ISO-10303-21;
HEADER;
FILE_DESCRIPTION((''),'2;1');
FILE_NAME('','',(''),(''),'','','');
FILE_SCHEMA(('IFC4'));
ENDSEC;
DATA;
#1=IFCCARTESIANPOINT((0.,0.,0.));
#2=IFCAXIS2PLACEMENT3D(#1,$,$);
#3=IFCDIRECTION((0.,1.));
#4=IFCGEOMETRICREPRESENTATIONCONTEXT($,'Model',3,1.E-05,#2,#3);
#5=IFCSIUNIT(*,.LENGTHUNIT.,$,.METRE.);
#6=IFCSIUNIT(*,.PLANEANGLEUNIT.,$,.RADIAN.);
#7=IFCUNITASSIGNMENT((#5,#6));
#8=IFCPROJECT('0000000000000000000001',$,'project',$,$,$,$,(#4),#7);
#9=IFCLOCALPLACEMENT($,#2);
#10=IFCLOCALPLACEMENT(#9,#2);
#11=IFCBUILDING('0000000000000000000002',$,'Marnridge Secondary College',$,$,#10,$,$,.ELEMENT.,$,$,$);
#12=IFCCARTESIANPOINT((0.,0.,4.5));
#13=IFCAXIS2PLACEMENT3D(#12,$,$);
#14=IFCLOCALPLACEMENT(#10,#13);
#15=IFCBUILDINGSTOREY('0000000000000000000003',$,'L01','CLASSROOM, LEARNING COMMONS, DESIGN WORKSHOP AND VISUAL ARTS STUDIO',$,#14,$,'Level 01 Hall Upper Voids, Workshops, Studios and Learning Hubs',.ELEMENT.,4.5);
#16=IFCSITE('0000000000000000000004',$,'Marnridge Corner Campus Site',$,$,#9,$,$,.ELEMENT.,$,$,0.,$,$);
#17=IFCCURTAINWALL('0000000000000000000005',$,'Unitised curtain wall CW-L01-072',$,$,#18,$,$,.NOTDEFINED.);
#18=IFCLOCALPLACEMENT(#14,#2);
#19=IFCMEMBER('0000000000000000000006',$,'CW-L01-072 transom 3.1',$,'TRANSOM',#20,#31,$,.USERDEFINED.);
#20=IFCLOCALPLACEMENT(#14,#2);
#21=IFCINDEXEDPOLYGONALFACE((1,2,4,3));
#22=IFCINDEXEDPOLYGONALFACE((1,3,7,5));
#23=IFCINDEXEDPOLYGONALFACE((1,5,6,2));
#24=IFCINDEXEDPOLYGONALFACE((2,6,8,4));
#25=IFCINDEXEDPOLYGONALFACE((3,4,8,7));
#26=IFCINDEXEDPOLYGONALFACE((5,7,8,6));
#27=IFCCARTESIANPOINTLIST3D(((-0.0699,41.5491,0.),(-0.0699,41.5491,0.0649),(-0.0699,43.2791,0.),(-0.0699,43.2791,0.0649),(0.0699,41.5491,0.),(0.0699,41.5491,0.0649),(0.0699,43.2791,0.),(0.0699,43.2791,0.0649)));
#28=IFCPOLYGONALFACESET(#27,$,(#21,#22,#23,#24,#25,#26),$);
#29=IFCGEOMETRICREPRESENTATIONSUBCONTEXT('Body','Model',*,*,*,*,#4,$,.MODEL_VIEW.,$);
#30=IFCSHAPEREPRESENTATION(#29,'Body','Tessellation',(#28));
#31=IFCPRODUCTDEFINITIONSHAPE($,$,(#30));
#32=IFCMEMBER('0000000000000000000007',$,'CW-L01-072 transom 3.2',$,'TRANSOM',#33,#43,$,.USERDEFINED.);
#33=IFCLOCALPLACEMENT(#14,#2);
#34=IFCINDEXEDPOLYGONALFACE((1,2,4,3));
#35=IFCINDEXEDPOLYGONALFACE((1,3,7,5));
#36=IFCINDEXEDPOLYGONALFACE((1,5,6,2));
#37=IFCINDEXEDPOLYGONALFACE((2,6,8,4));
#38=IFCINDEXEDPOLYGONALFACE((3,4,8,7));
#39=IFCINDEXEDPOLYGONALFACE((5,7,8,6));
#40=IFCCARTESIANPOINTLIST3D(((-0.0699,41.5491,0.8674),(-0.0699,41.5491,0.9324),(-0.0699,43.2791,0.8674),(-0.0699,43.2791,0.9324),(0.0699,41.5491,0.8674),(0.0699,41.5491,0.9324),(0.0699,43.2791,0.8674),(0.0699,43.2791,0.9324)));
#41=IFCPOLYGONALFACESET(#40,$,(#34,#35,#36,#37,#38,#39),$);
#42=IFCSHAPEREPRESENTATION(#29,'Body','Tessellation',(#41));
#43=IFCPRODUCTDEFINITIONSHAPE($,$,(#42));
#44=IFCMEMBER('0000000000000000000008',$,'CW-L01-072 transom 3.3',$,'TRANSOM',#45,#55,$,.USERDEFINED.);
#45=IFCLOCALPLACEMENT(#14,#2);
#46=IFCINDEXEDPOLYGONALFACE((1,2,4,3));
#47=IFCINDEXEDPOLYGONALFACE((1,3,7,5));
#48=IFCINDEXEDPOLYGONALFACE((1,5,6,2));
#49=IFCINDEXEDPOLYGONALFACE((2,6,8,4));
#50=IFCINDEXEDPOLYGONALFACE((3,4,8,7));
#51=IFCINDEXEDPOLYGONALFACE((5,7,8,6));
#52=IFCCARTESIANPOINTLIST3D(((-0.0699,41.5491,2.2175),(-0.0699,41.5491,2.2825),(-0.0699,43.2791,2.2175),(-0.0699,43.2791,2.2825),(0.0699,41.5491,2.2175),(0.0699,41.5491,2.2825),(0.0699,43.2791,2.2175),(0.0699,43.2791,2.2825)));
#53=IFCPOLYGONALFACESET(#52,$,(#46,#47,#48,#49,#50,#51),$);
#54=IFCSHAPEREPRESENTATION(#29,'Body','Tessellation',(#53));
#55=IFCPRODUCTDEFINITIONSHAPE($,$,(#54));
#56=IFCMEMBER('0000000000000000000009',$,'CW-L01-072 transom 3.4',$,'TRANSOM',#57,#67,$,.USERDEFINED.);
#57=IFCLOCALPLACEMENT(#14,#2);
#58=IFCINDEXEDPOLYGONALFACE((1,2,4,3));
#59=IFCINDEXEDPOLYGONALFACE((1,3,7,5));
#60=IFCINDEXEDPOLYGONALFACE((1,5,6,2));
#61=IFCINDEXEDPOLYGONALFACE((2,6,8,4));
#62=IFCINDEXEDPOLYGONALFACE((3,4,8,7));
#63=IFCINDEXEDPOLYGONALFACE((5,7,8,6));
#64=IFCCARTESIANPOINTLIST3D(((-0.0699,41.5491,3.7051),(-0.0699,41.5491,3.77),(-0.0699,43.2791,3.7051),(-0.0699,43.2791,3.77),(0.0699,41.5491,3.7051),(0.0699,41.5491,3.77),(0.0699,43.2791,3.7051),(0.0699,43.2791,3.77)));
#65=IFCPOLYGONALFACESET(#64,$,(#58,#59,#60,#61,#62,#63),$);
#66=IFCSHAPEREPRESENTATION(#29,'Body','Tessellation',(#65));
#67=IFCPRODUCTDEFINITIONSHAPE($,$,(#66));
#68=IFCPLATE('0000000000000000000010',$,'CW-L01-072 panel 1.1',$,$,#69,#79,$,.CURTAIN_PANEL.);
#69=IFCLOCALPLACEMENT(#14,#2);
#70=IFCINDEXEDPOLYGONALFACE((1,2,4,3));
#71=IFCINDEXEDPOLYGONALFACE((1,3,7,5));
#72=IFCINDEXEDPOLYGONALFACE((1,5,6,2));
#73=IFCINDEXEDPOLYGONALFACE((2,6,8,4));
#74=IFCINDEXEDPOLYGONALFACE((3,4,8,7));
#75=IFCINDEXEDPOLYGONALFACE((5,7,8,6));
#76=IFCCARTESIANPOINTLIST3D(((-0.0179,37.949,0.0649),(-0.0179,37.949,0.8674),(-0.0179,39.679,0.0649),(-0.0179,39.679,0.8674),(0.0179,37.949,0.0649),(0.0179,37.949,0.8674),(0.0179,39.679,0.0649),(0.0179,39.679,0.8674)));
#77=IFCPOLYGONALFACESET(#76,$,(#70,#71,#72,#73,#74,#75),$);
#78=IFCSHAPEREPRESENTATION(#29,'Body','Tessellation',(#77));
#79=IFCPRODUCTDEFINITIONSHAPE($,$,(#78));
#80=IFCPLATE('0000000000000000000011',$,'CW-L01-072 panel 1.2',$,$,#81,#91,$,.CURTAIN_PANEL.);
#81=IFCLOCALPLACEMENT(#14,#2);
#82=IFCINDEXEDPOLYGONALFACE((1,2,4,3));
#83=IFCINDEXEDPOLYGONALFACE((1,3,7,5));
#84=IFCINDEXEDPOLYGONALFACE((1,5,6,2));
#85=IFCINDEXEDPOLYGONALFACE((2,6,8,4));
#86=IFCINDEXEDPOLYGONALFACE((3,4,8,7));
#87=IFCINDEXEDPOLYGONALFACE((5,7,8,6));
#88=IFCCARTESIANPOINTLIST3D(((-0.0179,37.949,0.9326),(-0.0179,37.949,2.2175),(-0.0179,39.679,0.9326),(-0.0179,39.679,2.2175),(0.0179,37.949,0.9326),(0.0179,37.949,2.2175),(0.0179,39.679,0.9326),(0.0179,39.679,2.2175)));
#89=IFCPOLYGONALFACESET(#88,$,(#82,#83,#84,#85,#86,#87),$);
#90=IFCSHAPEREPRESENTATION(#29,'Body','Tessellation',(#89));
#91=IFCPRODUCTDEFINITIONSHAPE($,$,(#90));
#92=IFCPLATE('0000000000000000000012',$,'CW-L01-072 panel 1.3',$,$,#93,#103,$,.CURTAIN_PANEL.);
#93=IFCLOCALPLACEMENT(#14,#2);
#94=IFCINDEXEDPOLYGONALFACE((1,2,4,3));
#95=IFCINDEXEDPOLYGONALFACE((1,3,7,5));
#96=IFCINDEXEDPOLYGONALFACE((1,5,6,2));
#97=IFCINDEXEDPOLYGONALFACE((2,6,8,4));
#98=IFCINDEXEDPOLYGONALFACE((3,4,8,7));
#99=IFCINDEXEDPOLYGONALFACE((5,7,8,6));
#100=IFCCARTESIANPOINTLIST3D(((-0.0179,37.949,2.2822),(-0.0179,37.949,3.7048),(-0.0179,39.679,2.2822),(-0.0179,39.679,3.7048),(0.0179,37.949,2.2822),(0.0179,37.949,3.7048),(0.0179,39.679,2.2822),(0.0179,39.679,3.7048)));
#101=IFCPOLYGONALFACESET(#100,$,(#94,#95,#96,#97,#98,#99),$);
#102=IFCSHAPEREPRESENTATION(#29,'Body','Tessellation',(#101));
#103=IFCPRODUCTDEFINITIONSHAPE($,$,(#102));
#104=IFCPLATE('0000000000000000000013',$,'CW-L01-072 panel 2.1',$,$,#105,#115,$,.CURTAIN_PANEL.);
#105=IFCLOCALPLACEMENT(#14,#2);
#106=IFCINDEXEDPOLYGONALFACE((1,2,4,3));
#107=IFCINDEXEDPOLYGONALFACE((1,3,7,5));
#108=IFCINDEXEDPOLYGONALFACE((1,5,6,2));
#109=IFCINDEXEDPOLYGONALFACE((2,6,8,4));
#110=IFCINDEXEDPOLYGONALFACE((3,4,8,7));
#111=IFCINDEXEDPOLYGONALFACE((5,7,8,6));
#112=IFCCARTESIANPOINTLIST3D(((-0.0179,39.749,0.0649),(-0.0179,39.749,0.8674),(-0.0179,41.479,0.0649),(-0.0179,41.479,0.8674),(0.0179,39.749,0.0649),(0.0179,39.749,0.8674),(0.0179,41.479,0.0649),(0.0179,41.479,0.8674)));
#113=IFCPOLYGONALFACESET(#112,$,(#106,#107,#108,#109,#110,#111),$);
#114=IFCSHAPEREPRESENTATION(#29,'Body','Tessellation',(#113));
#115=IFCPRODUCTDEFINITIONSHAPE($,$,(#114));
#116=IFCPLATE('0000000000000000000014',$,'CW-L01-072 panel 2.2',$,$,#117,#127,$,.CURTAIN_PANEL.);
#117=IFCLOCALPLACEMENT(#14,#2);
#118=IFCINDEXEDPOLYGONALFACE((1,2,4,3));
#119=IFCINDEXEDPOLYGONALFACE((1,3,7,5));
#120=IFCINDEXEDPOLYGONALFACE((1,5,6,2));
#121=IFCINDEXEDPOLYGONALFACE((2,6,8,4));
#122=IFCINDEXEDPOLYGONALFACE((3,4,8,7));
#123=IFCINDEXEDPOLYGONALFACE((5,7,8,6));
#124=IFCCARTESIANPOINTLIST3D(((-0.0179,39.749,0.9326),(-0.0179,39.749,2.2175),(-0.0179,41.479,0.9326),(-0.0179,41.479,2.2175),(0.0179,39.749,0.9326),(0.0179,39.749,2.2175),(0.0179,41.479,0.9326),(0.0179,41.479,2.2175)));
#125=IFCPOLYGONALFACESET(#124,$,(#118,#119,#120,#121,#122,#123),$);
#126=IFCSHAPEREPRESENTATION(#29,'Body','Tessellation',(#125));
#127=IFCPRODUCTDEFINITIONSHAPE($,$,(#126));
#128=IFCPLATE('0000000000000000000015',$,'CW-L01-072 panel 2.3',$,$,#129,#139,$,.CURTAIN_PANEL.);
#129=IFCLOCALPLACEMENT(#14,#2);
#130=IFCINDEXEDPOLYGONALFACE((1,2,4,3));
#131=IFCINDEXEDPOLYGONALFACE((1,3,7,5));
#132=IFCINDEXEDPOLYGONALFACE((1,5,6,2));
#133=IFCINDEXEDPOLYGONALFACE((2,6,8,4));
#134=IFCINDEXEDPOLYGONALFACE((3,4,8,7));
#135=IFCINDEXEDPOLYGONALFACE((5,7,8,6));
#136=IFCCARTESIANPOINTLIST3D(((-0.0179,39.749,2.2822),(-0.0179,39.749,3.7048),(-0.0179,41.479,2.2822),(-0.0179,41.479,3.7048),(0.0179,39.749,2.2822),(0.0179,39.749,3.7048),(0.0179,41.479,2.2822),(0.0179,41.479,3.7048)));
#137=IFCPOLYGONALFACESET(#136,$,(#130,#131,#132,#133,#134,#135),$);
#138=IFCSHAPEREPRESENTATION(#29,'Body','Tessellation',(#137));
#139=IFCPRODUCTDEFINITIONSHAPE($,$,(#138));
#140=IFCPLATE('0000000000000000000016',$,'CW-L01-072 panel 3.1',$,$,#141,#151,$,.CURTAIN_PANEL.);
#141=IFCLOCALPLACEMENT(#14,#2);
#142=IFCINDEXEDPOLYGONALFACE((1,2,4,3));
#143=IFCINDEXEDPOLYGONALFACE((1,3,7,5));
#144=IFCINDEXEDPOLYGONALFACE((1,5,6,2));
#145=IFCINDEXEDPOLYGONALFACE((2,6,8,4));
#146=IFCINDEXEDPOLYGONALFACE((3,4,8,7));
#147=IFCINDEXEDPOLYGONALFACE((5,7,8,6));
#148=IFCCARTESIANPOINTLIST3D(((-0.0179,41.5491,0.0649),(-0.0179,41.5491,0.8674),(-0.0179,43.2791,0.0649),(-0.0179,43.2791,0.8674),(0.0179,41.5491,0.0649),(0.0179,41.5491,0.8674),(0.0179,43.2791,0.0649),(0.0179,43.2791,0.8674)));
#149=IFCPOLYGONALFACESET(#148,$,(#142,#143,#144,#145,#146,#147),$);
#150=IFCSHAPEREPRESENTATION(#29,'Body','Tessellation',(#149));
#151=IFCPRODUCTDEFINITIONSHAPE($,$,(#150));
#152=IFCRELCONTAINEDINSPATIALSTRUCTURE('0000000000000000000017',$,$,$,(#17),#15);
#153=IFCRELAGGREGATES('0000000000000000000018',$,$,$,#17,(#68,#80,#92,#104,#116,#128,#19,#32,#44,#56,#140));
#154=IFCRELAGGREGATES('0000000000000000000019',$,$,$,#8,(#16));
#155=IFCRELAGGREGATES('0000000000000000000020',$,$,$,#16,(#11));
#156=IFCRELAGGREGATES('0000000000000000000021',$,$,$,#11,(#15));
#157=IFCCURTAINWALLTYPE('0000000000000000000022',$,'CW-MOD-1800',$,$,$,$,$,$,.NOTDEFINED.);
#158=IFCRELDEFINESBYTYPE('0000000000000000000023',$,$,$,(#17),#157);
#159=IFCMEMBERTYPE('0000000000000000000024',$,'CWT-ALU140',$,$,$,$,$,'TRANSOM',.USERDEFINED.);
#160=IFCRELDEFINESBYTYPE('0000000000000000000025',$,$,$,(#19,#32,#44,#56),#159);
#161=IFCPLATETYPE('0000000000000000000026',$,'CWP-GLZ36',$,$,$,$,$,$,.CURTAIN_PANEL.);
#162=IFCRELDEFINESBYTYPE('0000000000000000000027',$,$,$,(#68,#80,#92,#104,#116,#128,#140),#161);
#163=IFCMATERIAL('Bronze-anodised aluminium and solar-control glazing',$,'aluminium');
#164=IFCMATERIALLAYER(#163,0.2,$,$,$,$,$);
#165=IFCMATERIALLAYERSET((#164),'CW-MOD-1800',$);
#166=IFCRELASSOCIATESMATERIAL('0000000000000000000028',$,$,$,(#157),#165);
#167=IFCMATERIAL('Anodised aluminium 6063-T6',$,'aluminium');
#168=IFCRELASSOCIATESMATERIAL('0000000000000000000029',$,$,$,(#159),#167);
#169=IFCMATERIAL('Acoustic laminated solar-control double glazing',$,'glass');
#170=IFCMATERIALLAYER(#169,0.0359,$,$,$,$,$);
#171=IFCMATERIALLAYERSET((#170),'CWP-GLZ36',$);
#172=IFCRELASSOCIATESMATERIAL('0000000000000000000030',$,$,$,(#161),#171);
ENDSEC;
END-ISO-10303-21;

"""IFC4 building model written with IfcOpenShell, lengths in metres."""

from ifc_helpers import new_model, si_unit, direction, frame, origin, origin_2d, place, context, subcontext, project, spatial, rectangle, extrude, material, layer, layer_set, material_profile, profile_set, type_object, element, aggregate, save


model = new_model("IFC4")

# Units and contexts
model_context = context("Model", 3, precision=1e-05, world=origin(), true_north=direction((0.0, 1.0)))
body_context = subcontext(model_context, "Body", "Model", "MODEL_VIEW")
ifc_project = project(units=[si_unit("LENGTHUNIT", "METRE"), si_unit("PLANEANGLEUNIT", "RADIAN")], contexts=[model_context])

# Site, building, storey
site_placement = place(None, origin())
site = spatial("IfcSite", under=ifc_project, at=site_placement, Name="Marnridge Corner Campus Site", CompositionType="ELEMENT", RefElevation=0.0)
building_placement = place(site_placement, origin())
building = spatial("IfcBuilding", under=site, at=building_placement, Name="Marnridge Secondary College", CompositionType="ELEMENT")
storey_placement = place(building_placement, frame((0.0, 0.0, 4.5)))
storey = spatial("IfcBuildingStorey", under=building, at=storey_placement, Name="L01", Description="CLASSROOM, LEARNING COMMONS, DESIGN WORKSHOP AND VISUAL ARTS STUDIO", LongName="Level 01 Hall Upper Voids, Workshops, Studios and Learning Hubs", CompositionType="ELEMENT", Elevation=4.5)

# Curtain wall, members, plates
ifc_material_1 = material(Name="Bronze-anodised aluminium and solar-control glazing", Category="aluminium")
ifc_layer_1 = layer(ifc_material_1, 0.2)
ifc_layer_set_1 = layer_set([ifc_layer_1], Name="CW-MOD-1800")
curtain_wall_type = type_object("IfcCurtainWallType", Name="CW-MOD-1800", PredefinedType="NOTDEFINED", material=ifc_layer_set_1)
curtain_wall_placement = place(storey_placement, origin())
curtain_wall = element("IfcCurtainWall", 1, at=curtain_wall_placement, inside=storey, type_object=curtain_wall_type, Name="Unitised curtain wall CW-L01-072", PredefinedType="NOTDEFINED")
ifc_material_2 = material(Name="Anodised aluminium 6063-T6", Category="aluminium")
ifc_material_profile_1 = material_profile(ifc_material_2, rectangle(XDim=0.0649, YDim=0.1399, at=origin_2d()), Name="ALU 65x140")
ifc_profile_set_1 = profile_set([ifc_material_profile_1], Name="Anodised aluminium 6063-T6")
member_type_1 = type_object("IfcMemberType", Name="CWT-ALU140", ElementType="TRANSOM", PredefinedType="USERDEFINED", material=ifc_profile_set_1)
member_1_placement = place(storey_placement, frame((0.0, 41.5491, 0.0325), z_axis=(0.0, 1.0, 0.0), x_axis=(0.0, 0.0, 1.0)))
member_1 = element("IfcMember", 2, at=member_1_placement, type_object=member_type_1, Name="CW-L01-072 transom 3.1", ObjectType="TRANSOM", PredefinedType="USERDEFINED", context=body_context, shape_type="SweptSolid", body=[
    extrude(rectangle(XDim=0.0649, YDim=0.1399, at=origin_2d()), origin(), (0.0, 0.0, 1.0), 1.73),
])
member_2_placement = place(storey_placement, frame((0.0, 41.5491, 0.8999), z_axis=(0.0, 1.0, 0.0), x_axis=(0.0, 0.0, 1.0)))
member_2 = element("IfcMember", 3, at=member_2_placement, type_object=member_type_1, Name="CW-L01-072 transom 3.2", ObjectType="TRANSOM", PredefinedType="USERDEFINED", context=body_context, shape_type="SweptSolid", body=[
    extrude(rectangle(XDim=0.0649, YDim=0.1399, at=origin_2d()), origin(), (0.0, 0.0, 1.0), 1.73),
])
member_3_placement = place(storey_placement, frame((0.0, 41.5491, 2.25), z_axis=(0.0, 1.0, 0.0), x_axis=(0.0, 0.0, 1.0)))
member_3 = element("IfcMember", 4, at=member_3_placement, type_object=member_type_1, Name="CW-L01-072 transom 3.3", ObjectType="TRANSOM", PredefinedType="USERDEFINED", context=body_context, shape_type="SweptSolid", body=[
    extrude(rectangle(XDim=0.0649, YDim=0.1399, at=origin_2d()), origin(), (0.0, 0.0, 1.0), 1.73),
])
member_4_placement = place(storey_placement, frame((0.0, 41.5491, 3.7375), z_axis=(0.0, 1.0, 0.0), x_axis=(0.0, 0.0, 1.0)))
member_4 = element("IfcMember", 5, at=member_4_placement, type_object=member_type_1, Name="CW-L01-072 transom 3.4", ObjectType="TRANSOM", PredefinedType="USERDEFINED", context=body_context, shape_type="SweptSolid", body=[
    extrude(rectangle(XDim=0.0649, YDim=0.1399, at=origin_2d()), origin(), (0.0, 0.0, 1.0), 1.73),
])
ifc_material_3 = material(Name="Acoustic laminated solar-control double glazing", Category="glass")
ifc_layer_2 = layer(ifc_material_3, 0.0359)
ifc_layer_set_2 = layer_set([ifc_layer_2], Name="CWP-GLZ36")
plate_type = type_object("IfcPlateType", Name="CWP-GLZ36", PredefinedType="CURTAIN_PANEL", material=ifc_layer_set_2)
plate_1_placement = place(storey_placement, frame((0.0, 38.814, 0.0649), z_axis=(0.0, 0.0, 1.0), x_axis=(0.0, 1.0, 0.0)))
plate_1 = element("IfcPlate", 6, at=plate_1_placement, type_object=plate_type, Name="CW-L01-072 panel 1.1", PredefinedType="CURTAIN_PANEL", context=body_context, shape_type="SweptSolid", body=[
    extrude(rectangle(XDim=1.73, YDim=0.0359, at=origin_2d()), origin(), (0.0, 0.0, 1.0), 0.8025),
])
plate_2_placement = place(storey_placement, frame((0.0, 38.814, 0.9326), z_axis=(0.0, 0.0, 1.0), x_axis=(0.0, 1.0, 0.0)))
plate_2 = element("IfcPlate", 7, at=plate_2_placement, type_object=plate_type, Name="CW-L01-072 panel 1.2", PredefinedType="CURTAIN_PANEL", context=body_context, shape_type="SweptSolid", body=[
    extrude(rectangle(XDim=1.73, YDim=0.0359, at=origin_2d()), origin(), (0.0, 0.0, 1.0), 1.2849),
])
plate_3_placement = place(storey_placement, frame((0.0, 38.814, 2.2822), z_axis=(0.0, 0.0, 1.0), x_axis=(0.0, 1.0, 0.0)))
plate_3 = element("IfcPlate", 8, at=plate_3_placement, type_object=plate_type, Name="CW-L01-072 panel 1.3", PredefinedType="CURTAIN_PANEL", context=body_context, shape_type="SweptSolid", body=[
    extrude(rectangle(XDim=1.73, YDim=0.0359, at=origin_2d()), origin(), (0.0, 0.0, 1.0), 1.4226),
])
plate_4_placement = place(storey_placement, frame((0.0, 40.614, 0.0649), z_axis=(0.0, 0.0, 1.0), x_axis=(0.0, 1.0, 0.0)))
plate_4 = element("IfcPlate", 9, at=plate_4_placement, type_object=plate_type, Name="CW-L01-072 panel 2.1", PredefinedType="CURTAIN_PANEL", context=body_context, shape_type="SweptSolid", body=[
    extrude(rectangle(XDim=1.73, YDim=0.0359, at=origin_2d()), origin(), (0.0, 0.0, 1.0), 0.8025),
])
plate_5_placement = place(storey_placement, frame((0.0, 40.614, 0.9326), z_axis=(0.0, 0.0, 1.0), x_axis=(0.0, 1.0, 0.0)))
plate_5 = element("IfcPlate", 10, at=plate_5_placement, type_object=plate_type, Name="CW-L01-072 panel 2.2", PredefinedType="CURTAIN_PANEL", context=body_context, shape_type="SweptSolid", body=[
    extrude(rectangle(XDim=1.73, YDim=0.0359, at=origin_2d()), origin(), (0.0, 0.0, 1.0), 1.2849),
])
plate_6_placement = place(storey_placement, frame((0.0, 40.614, 2.2822), z_axis=(0.0, 0.0, 1.0), x_axis=(0.0, 1.0, 0.0)))
plate_6 = element("IfcPlate", 11, at=plate_6_placement, type_object=plate_type, Name="CW-L01-072 panel 2.3", PredefinedType="CURTAIN_PANEL", context=body_context, shape_type="SweptSolid", body=[
    extrude(rectangle(XDim=1.73, YDim=0.0359, at=origin_2d()), origin(), (0.0, 0.0, 1.0), 1.4226),
])
plate_7_placement = place(storey_placement, frame((0.0, 42.4141, 0.0649), z_axis=(0.0, 0.0, 1.0), x_axis=(0.0, 1.0, 0.0)))
plate_7 = element("IfcPlate", 12, at=plate_7_placement, type_object=plate_type, Name="CW-L01-072 panel 3.1", PredefinedType="CURTAIN_PANEL", context=body_context, shape_type="SweptSolid", body=[
    extrude(rectangle(XDim=1.73, YDim=0.0359, at=origin_2d()), origin(), (0.0, 0.0, 1.0), 0.8025),
])
aggregate(curtain_wall, [plate_1, plate_2, plate_3, plate_4, plate_5, plate_6, member_1, member_2, member_3, member_4, plate_7])

save(model, "model.ifc")
